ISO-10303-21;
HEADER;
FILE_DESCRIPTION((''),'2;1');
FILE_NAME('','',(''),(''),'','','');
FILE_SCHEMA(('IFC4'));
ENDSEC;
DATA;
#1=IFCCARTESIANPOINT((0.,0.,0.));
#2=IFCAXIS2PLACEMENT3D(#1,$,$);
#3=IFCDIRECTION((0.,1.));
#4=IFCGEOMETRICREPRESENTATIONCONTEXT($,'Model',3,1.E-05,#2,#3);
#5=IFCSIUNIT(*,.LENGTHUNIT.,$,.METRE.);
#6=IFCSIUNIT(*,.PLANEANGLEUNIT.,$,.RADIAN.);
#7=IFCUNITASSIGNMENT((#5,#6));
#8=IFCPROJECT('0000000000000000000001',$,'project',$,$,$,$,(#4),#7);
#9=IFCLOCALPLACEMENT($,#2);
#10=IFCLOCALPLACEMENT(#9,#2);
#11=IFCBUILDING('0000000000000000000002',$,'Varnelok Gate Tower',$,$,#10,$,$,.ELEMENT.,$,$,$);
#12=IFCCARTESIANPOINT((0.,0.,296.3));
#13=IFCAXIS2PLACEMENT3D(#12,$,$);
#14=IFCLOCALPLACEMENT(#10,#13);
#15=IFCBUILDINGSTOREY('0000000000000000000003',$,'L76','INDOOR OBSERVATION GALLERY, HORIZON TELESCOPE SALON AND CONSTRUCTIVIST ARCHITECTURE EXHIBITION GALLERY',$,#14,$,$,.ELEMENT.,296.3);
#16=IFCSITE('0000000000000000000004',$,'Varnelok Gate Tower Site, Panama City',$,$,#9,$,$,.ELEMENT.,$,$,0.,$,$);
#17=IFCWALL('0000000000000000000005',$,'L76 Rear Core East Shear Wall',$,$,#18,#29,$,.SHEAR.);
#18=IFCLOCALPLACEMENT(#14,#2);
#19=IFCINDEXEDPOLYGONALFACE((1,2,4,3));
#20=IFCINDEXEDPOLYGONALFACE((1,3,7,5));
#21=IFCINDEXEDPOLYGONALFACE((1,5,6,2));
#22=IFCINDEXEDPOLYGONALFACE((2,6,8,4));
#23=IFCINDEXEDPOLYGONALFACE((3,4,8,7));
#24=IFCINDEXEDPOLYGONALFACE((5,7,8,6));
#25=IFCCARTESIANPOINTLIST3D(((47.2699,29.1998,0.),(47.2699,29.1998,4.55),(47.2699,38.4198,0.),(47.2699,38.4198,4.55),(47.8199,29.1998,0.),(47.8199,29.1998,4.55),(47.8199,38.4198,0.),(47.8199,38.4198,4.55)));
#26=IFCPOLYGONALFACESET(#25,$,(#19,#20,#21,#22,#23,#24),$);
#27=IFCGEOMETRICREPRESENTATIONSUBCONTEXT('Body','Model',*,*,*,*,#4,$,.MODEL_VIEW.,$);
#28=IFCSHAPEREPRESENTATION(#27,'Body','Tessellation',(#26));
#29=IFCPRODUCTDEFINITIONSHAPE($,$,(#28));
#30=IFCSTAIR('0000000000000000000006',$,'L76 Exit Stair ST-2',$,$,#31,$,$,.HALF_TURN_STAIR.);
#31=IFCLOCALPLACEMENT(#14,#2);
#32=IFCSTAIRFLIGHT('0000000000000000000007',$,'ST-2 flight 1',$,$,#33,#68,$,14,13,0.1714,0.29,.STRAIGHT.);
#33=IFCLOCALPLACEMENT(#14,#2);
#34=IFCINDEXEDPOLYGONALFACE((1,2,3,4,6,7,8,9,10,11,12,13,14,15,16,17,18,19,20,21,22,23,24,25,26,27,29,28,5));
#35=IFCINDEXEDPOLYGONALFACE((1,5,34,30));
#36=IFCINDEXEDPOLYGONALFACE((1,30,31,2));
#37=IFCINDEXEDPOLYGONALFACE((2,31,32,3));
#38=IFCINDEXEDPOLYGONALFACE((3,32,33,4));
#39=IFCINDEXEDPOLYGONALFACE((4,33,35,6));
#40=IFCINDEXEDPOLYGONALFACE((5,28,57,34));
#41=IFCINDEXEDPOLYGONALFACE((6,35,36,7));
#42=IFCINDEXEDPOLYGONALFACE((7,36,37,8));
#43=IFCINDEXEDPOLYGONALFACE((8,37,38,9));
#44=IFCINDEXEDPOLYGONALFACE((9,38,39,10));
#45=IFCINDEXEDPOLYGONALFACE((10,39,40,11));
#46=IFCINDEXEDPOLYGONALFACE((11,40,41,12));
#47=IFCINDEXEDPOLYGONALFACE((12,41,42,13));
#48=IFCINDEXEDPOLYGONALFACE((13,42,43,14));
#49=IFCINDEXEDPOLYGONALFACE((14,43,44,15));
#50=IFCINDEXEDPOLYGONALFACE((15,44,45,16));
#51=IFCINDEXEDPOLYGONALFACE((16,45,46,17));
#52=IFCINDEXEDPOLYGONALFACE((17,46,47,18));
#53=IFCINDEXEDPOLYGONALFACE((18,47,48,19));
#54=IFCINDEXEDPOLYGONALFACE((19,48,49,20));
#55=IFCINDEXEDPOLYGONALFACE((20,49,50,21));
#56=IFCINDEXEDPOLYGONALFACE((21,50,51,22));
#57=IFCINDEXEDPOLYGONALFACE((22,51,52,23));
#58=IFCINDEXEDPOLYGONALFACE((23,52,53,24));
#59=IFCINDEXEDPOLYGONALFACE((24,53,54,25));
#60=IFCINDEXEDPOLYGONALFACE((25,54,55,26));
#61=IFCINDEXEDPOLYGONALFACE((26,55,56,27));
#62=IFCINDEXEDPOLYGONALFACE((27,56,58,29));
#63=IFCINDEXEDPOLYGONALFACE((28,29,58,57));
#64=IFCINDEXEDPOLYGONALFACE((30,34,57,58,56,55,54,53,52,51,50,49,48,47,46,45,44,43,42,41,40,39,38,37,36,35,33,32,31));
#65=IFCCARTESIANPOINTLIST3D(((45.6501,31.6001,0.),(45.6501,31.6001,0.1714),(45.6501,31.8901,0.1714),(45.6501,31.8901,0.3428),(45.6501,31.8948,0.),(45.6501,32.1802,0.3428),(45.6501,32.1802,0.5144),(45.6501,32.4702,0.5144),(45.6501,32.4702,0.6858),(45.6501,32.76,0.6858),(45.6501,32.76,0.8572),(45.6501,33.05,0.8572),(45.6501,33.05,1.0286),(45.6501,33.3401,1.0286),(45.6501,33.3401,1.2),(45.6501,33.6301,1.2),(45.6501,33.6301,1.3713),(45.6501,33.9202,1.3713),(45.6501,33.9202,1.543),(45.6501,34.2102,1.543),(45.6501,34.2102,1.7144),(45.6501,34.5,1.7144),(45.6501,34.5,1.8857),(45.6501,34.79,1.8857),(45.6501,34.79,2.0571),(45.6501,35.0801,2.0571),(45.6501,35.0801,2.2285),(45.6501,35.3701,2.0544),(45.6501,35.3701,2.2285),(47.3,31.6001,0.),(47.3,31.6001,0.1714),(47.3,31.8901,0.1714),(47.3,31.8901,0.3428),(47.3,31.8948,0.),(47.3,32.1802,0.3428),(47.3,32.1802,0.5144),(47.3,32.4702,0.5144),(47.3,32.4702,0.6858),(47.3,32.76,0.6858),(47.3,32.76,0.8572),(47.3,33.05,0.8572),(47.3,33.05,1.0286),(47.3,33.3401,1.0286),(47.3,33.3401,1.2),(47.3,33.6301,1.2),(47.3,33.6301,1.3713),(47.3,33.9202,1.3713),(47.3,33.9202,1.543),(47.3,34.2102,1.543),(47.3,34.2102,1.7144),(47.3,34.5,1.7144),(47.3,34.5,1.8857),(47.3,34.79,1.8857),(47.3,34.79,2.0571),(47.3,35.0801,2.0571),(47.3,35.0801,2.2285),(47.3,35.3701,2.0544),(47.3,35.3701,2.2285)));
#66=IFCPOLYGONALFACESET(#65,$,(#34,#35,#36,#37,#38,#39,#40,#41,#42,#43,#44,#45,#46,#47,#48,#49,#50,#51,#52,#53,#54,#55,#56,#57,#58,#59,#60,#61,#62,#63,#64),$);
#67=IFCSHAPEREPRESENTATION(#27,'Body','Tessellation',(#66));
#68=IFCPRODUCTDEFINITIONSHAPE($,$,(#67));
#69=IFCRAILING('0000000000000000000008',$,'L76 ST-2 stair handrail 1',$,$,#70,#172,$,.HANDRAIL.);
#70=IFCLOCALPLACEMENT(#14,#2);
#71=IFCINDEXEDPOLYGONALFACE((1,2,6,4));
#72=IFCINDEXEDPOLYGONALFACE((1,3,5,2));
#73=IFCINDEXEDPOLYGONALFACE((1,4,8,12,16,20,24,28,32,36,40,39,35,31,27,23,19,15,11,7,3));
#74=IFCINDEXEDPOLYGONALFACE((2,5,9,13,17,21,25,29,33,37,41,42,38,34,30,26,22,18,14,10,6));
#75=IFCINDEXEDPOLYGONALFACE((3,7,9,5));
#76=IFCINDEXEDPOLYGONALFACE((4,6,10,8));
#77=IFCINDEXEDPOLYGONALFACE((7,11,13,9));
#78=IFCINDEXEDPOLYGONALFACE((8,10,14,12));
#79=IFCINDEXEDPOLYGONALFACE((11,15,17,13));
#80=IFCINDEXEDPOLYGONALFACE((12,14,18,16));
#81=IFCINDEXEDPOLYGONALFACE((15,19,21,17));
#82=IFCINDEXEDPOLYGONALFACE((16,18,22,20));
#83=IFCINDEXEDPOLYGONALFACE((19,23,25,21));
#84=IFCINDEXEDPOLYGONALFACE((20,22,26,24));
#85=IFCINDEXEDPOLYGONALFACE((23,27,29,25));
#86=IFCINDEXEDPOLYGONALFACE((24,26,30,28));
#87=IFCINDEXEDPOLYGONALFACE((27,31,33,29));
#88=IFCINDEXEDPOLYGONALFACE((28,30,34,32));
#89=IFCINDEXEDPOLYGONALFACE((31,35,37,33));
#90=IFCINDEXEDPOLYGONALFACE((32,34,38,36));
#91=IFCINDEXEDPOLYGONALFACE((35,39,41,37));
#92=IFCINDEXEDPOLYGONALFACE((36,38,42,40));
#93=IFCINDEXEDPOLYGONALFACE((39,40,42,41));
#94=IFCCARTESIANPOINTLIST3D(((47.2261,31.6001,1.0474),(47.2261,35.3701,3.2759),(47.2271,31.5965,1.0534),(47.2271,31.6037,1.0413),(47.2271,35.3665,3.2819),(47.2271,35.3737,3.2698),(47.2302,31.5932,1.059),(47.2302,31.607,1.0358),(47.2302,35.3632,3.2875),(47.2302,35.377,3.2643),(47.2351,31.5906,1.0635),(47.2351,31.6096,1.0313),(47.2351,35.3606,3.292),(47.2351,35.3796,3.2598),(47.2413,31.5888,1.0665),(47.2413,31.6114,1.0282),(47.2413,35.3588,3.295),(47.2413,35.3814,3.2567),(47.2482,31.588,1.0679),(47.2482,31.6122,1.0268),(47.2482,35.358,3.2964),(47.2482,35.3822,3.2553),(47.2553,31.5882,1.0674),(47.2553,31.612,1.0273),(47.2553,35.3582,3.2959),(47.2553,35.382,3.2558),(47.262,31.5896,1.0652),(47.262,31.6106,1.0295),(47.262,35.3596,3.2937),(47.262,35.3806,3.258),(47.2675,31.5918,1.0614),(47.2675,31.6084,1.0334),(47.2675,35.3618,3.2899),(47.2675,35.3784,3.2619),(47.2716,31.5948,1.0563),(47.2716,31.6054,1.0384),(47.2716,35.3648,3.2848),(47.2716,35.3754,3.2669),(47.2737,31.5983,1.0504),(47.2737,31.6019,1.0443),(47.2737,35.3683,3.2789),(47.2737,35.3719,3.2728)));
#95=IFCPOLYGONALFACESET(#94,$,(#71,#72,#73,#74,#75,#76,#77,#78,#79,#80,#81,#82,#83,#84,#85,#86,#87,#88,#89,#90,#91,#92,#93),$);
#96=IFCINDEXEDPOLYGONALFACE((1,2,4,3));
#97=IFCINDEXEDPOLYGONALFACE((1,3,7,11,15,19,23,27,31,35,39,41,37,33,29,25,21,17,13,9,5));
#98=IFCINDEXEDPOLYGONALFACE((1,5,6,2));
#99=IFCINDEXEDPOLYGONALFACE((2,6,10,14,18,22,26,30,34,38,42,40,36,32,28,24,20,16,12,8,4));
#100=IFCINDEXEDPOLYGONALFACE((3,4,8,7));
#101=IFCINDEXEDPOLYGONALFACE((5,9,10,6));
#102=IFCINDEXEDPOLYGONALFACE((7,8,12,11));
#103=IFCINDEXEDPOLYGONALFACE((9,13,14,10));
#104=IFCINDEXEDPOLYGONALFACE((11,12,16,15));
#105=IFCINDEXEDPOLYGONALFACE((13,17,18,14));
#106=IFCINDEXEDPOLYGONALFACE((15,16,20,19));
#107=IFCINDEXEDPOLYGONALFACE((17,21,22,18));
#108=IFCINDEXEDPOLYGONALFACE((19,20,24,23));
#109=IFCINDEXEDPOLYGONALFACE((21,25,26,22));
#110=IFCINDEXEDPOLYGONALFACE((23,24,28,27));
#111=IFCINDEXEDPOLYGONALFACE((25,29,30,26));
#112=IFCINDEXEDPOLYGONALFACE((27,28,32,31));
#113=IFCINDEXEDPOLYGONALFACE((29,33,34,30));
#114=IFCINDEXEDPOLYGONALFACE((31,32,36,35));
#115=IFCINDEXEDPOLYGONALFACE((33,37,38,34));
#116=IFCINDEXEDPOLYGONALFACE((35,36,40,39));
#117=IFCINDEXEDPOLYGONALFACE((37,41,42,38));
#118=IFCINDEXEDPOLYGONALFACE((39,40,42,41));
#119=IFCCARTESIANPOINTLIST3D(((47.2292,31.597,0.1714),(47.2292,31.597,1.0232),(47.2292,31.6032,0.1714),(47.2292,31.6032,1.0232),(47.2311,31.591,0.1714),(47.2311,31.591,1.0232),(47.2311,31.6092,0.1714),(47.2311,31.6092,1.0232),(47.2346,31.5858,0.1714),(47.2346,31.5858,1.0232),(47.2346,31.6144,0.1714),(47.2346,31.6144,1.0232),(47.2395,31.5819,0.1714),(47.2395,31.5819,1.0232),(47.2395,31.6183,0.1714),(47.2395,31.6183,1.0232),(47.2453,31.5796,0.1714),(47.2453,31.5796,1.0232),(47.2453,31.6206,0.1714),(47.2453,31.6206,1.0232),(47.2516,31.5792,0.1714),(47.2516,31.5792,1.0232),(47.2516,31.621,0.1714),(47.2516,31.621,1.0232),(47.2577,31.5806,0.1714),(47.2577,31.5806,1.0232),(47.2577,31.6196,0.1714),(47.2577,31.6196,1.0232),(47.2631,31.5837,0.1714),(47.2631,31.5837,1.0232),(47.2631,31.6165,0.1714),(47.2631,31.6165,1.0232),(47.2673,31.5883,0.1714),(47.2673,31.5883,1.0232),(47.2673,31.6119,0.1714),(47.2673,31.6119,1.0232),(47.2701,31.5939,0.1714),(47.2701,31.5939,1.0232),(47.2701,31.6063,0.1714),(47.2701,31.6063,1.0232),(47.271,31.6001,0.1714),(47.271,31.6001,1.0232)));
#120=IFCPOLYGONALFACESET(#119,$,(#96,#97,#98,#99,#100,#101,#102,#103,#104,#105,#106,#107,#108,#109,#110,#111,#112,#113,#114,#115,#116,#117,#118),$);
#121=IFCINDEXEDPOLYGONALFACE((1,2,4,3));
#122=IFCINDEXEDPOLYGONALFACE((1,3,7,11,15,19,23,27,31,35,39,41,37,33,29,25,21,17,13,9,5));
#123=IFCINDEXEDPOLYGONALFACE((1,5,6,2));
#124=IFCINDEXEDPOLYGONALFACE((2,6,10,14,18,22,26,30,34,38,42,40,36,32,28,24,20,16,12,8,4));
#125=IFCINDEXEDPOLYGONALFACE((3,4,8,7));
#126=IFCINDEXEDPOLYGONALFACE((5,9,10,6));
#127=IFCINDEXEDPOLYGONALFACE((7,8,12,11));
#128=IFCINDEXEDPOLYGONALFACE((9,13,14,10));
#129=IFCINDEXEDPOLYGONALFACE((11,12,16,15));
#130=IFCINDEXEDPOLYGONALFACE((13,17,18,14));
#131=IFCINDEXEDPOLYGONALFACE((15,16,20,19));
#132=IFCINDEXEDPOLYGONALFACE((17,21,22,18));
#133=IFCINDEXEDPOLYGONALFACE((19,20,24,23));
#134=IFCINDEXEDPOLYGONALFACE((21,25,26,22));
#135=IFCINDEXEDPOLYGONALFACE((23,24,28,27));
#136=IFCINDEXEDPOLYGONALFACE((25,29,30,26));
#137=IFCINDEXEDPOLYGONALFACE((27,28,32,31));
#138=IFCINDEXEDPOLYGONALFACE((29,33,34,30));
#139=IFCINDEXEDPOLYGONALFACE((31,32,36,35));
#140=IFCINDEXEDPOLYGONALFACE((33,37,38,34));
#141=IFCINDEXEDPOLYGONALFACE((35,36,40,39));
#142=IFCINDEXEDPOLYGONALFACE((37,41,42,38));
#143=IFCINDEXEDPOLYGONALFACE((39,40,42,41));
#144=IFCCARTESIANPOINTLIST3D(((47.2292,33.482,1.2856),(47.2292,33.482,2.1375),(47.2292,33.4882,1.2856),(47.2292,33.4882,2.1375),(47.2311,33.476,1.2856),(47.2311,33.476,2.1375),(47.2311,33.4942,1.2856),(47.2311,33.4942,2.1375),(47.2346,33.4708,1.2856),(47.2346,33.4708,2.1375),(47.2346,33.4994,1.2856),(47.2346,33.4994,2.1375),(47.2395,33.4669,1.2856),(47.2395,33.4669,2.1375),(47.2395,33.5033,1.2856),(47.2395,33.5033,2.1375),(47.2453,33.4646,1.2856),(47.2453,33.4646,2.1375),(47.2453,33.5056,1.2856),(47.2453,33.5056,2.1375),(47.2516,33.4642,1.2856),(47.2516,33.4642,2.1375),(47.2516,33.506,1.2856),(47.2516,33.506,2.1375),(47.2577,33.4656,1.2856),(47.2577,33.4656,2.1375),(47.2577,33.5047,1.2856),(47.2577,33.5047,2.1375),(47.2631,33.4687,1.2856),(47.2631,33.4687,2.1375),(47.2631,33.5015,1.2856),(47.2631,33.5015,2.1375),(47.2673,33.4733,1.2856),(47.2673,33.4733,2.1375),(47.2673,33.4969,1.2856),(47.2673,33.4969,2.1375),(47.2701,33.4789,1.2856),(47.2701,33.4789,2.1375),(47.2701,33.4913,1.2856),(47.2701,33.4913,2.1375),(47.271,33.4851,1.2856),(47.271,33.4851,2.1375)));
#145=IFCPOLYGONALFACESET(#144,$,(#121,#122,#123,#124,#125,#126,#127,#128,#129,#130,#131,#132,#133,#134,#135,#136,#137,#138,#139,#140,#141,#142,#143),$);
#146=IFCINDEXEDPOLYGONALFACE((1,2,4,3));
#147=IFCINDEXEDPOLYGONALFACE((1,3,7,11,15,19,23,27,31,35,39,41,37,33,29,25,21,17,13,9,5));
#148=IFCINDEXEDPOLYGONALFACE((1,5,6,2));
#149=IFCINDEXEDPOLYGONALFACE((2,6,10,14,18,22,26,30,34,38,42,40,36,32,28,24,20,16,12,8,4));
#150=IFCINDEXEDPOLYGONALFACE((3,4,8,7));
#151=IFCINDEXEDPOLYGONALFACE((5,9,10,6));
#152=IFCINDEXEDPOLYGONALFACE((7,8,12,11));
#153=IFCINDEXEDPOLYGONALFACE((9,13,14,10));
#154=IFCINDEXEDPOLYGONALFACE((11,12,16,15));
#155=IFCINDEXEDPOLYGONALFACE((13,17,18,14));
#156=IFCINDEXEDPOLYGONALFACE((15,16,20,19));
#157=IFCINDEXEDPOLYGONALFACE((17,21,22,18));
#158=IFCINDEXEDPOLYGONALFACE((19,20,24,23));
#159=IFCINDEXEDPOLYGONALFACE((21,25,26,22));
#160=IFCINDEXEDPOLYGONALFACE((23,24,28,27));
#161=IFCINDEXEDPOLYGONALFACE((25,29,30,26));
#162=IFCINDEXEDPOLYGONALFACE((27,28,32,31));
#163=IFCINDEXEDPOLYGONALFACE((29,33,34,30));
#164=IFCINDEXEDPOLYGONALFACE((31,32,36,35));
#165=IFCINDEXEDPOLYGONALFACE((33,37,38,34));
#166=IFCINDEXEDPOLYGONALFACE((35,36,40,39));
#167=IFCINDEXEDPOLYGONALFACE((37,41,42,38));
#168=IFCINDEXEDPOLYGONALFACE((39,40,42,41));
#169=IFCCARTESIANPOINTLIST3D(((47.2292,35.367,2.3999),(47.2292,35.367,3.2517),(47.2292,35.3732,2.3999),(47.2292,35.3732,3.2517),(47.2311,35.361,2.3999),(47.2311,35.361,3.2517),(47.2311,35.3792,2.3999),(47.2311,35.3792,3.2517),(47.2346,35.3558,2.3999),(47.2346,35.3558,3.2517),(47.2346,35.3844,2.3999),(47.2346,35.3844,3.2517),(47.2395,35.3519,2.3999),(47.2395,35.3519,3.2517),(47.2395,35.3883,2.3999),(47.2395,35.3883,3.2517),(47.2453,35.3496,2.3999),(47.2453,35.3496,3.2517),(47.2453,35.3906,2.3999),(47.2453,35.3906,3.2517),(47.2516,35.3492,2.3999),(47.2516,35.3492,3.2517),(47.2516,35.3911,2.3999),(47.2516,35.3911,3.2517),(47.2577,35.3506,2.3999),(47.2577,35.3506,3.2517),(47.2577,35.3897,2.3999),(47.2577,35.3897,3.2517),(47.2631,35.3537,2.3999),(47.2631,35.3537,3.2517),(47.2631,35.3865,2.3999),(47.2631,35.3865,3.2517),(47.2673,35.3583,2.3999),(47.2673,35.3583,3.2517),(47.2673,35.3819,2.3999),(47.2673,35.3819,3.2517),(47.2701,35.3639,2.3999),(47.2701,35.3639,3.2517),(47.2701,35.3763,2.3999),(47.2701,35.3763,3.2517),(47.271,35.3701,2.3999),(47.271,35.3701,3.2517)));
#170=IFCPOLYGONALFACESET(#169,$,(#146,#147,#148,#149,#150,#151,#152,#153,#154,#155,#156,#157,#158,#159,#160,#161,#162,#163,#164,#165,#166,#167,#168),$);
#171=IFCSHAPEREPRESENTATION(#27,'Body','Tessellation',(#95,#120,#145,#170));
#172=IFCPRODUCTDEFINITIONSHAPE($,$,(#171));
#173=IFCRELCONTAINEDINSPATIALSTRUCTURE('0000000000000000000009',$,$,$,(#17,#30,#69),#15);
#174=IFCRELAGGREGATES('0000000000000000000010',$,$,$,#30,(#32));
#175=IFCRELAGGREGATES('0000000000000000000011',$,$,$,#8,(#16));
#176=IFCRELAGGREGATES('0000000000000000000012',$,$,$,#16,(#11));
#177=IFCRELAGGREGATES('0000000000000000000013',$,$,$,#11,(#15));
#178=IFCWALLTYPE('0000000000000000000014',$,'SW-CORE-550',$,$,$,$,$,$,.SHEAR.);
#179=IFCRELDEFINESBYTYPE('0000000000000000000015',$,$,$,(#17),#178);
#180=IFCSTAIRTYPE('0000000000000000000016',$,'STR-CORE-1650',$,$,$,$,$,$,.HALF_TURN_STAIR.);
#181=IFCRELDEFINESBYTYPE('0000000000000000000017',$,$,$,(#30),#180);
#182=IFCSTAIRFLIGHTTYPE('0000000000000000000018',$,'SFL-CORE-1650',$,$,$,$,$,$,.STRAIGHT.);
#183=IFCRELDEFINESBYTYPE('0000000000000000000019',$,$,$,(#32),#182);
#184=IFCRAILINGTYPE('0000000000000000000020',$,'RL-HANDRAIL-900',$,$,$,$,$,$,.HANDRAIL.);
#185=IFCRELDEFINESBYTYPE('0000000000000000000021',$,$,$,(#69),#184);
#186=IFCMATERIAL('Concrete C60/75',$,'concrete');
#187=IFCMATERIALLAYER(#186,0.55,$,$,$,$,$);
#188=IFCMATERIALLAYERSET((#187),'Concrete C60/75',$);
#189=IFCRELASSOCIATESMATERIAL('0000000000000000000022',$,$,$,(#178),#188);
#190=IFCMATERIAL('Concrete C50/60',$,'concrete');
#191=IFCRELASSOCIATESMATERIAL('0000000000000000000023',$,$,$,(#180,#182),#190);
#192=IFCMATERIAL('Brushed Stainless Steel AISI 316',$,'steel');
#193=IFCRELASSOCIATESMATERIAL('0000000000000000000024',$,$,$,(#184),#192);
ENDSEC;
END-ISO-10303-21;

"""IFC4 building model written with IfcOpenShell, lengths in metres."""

from ifc_helpers import new_model, si_unit, direction, frame, frame_2d, origin, origin_2d, place, context, subcontext, project, spatial, polyline, rectangle, circle, outline, extrude, material, layer, layer_set, type_object, element, aggregate, save


model = new_model("IFC4")

# Units and contexts
model_context = context("Model", 3, precision=1e-05, world=origin(), true_north=direction((0.0, 1.0)))
body_context = subcontext(model_context, "Body", "Model", "MODEL_VIEW")
ifc_project = project(units=[si_unit("LENGTHUNIT", "METRE"), si_unit("PLANEANGLEUNIT", "RADIAN")], contexts=[model_context])

# Site, building, storey
site_placement = place(None, origin())
site = spatial("IfcSite", under=ifc_project, at=site_placement, Name="Varnelok Gate Tower Site, Panama City", CompositionType="ELEMENT", RefElevation=0.0)
building_placement = place(site_placement, origin())
building = spatial("IfcBuilding", under=site, at=building_placement, Name="Varnelok Gate Tower", CompositionType="ELEMENT")
storey_placement = place(building_placement, frame((0.0, 0.0, 296.3)))
storey = spatial("IfcBuildingStorey", under=building, at=storey_placement, Name="L76", Description="INDOOR OBSERVATION GALLERY, HORIZON TELESCOPE SALON AND CONSTRUCTIVIST ARCHITECTURE EXHIBITION GALLERY", CompositionType="ELEMENT", Elevation=296.3)

# Shared definitions
ifc_material_1 = material(Name="Concrete C50/60", Category="concrete")

# Wall
ifc_material_2 = material(Name="Concrete C60/75", Category="concrete")
ifc_layer_1 = layer(ifc_material_2, 0.55)
ifc_layer_set_1 = layer_set([ifc_layer_1], Name="Concrete C60/75")
wall_type_1 = type_object("IfcWallType", Name="SW-CORE-550", PredefinedType="SHEAR", material=ifc_layer_set_1)
wall_1_placement = place(storey_placement, frame((47.5449, 29.2, 0.0), z_axis=(0.0, 0.0, 1.0), x_axis=(0.0, 1.0, 0.0)))
element("IfcWall", 1, at=wall_1_placement, inside=storey, type_object=wall_type_1, Name="L76 Rear Core East Shear Wall", PredefinedType="SHEAR", context=body_context, shape_type="SweptSolid", body=[
    extrude(rectangle(XDim=9.22, YDim=0.55, at=frame_2d((4.6099, 0.0))), origin(), (0.0, 0.0, 1.0), 4.55),
])

# Stair, stair flight
stair_type = type_object("IfcStairType", Name="STR-CORE-1650", PredefinedType="HALF_TURN_STAIR", material=ifc_material_1)
stair_placement = place(storey_placement, origin())
stair = element("IfcStair", 2, at=stair_placement, inside=storey, type_object=stair_type, Name="L76 Exit Stair ST-2", PredefinedType="HALF_TURN_STAIR")
stair_flight_type = type_object("IfcStairFlightType", Name="SFL-CORE-1650", PredefinedType="STRAIGHT", material=ifc_material_1)
stair_flight_placement = place(storey_placement, frame((46.4751, 31.6001, 0.0), z_axis=(0.0, 0.0, 1.0), x_axis=(0.0, 1.0, 0.0)))
stair_flight = element("IfcStairFlight", 3, at=stair_flight_placement, type_object=stair_flight_type, Name="ST-2 flight 1", NumberOfRisers=14, NumberOfTreads=13, PredefinedType="STRAIGHT", RiserHeight=0.1714, TreadLength=0.29, context=body_context, shape_type="SweptSolid", body=[
    extrude(outline(polyline([(0.0, 0.0), (0.0, 0.1714), (0.29, 0.1714), (0.29, 0.3428), (0.5801, 0.3428), (0.5801, 0.5144), (0.8701, 0.5144), (0.8701, 0.6858), (1.1599, 0.6858), (1.1599, 0.8572), (1.45, 0.8572), (1.45, 1.0286), (1.74, 1.0286), (1.74, 1.2), (2.03, 1.2), (2.03, 1.3713), (2.3201, 1.3713), (2.3201, 1.543), (2.6101, 1.543), (2.6101, 1.7144), (2.8999, 1.7144), (2.8999, 1.8857), (3.1899, 1.8857), (3.1899, 2.0571), (3.48, 2.0571), (3.48, 2.2285), (3.77, 2.2285), (3.77, 2.3999), (3.77, 2.0544), (0.2947, 0.0), (0.0, 0.0)])), frame((0.0, 0.825, 0.0), z_axis=(0.0, -1.0, 0.0), x_axis=(1.0, 0.0, 0.0)), (0.0, 0.0, 1.0), 1.6499),
])
aggregate(stair, [stair_flight])

# Railing
ifc_material_3 = material(Name="Brushed Stainless Steel AISI 316", Category="steel")
railing_type_1 = type_object("IfcRailingType", Name="RL-HANDRAIL-900", PredefinedType="HANDRAIL", material=ifc_material_3)
railing_1_placement = place(storey_placement, frame((47.25, 31.6001, 0.1714)))
element("IfcRailing", 4, at=railing_1_placement, inside=storey, type_object=railing_type_1, Name="L76 ST-2 stair handrail 1", PredefinedType="HANDRAIL", context=body_context, shape_type="SweptSolid", body=[
    extrude(circle(Radius=0.0239, at=origin_2d()), frame((0.0, 0.0, 0.876), z_axis=(0.0, 0.860849, 0.508861), x_axis=(-1.0, 0.0, 0.0)), (0.0, 0.0, 1.0), 4.3794),
    extrude(circle(Radius=0.021, at=origin_2d()), origin(), (0.0, 0.0, 1.0), 0.8518),
    extrude(circle(Radius=0.021, at=origin_2d()), frame((0.0, 1.885, 1.1143)), (0.0, 0.0, 1.0), 0.8518),
    extrude(circle(Radius=0.021, at=origin_2d()), frame((0.0, 3.77, 2.2285)), (0.0, 0.0, 1.0), 0.8518),
])

save(model, "model.ifc")
